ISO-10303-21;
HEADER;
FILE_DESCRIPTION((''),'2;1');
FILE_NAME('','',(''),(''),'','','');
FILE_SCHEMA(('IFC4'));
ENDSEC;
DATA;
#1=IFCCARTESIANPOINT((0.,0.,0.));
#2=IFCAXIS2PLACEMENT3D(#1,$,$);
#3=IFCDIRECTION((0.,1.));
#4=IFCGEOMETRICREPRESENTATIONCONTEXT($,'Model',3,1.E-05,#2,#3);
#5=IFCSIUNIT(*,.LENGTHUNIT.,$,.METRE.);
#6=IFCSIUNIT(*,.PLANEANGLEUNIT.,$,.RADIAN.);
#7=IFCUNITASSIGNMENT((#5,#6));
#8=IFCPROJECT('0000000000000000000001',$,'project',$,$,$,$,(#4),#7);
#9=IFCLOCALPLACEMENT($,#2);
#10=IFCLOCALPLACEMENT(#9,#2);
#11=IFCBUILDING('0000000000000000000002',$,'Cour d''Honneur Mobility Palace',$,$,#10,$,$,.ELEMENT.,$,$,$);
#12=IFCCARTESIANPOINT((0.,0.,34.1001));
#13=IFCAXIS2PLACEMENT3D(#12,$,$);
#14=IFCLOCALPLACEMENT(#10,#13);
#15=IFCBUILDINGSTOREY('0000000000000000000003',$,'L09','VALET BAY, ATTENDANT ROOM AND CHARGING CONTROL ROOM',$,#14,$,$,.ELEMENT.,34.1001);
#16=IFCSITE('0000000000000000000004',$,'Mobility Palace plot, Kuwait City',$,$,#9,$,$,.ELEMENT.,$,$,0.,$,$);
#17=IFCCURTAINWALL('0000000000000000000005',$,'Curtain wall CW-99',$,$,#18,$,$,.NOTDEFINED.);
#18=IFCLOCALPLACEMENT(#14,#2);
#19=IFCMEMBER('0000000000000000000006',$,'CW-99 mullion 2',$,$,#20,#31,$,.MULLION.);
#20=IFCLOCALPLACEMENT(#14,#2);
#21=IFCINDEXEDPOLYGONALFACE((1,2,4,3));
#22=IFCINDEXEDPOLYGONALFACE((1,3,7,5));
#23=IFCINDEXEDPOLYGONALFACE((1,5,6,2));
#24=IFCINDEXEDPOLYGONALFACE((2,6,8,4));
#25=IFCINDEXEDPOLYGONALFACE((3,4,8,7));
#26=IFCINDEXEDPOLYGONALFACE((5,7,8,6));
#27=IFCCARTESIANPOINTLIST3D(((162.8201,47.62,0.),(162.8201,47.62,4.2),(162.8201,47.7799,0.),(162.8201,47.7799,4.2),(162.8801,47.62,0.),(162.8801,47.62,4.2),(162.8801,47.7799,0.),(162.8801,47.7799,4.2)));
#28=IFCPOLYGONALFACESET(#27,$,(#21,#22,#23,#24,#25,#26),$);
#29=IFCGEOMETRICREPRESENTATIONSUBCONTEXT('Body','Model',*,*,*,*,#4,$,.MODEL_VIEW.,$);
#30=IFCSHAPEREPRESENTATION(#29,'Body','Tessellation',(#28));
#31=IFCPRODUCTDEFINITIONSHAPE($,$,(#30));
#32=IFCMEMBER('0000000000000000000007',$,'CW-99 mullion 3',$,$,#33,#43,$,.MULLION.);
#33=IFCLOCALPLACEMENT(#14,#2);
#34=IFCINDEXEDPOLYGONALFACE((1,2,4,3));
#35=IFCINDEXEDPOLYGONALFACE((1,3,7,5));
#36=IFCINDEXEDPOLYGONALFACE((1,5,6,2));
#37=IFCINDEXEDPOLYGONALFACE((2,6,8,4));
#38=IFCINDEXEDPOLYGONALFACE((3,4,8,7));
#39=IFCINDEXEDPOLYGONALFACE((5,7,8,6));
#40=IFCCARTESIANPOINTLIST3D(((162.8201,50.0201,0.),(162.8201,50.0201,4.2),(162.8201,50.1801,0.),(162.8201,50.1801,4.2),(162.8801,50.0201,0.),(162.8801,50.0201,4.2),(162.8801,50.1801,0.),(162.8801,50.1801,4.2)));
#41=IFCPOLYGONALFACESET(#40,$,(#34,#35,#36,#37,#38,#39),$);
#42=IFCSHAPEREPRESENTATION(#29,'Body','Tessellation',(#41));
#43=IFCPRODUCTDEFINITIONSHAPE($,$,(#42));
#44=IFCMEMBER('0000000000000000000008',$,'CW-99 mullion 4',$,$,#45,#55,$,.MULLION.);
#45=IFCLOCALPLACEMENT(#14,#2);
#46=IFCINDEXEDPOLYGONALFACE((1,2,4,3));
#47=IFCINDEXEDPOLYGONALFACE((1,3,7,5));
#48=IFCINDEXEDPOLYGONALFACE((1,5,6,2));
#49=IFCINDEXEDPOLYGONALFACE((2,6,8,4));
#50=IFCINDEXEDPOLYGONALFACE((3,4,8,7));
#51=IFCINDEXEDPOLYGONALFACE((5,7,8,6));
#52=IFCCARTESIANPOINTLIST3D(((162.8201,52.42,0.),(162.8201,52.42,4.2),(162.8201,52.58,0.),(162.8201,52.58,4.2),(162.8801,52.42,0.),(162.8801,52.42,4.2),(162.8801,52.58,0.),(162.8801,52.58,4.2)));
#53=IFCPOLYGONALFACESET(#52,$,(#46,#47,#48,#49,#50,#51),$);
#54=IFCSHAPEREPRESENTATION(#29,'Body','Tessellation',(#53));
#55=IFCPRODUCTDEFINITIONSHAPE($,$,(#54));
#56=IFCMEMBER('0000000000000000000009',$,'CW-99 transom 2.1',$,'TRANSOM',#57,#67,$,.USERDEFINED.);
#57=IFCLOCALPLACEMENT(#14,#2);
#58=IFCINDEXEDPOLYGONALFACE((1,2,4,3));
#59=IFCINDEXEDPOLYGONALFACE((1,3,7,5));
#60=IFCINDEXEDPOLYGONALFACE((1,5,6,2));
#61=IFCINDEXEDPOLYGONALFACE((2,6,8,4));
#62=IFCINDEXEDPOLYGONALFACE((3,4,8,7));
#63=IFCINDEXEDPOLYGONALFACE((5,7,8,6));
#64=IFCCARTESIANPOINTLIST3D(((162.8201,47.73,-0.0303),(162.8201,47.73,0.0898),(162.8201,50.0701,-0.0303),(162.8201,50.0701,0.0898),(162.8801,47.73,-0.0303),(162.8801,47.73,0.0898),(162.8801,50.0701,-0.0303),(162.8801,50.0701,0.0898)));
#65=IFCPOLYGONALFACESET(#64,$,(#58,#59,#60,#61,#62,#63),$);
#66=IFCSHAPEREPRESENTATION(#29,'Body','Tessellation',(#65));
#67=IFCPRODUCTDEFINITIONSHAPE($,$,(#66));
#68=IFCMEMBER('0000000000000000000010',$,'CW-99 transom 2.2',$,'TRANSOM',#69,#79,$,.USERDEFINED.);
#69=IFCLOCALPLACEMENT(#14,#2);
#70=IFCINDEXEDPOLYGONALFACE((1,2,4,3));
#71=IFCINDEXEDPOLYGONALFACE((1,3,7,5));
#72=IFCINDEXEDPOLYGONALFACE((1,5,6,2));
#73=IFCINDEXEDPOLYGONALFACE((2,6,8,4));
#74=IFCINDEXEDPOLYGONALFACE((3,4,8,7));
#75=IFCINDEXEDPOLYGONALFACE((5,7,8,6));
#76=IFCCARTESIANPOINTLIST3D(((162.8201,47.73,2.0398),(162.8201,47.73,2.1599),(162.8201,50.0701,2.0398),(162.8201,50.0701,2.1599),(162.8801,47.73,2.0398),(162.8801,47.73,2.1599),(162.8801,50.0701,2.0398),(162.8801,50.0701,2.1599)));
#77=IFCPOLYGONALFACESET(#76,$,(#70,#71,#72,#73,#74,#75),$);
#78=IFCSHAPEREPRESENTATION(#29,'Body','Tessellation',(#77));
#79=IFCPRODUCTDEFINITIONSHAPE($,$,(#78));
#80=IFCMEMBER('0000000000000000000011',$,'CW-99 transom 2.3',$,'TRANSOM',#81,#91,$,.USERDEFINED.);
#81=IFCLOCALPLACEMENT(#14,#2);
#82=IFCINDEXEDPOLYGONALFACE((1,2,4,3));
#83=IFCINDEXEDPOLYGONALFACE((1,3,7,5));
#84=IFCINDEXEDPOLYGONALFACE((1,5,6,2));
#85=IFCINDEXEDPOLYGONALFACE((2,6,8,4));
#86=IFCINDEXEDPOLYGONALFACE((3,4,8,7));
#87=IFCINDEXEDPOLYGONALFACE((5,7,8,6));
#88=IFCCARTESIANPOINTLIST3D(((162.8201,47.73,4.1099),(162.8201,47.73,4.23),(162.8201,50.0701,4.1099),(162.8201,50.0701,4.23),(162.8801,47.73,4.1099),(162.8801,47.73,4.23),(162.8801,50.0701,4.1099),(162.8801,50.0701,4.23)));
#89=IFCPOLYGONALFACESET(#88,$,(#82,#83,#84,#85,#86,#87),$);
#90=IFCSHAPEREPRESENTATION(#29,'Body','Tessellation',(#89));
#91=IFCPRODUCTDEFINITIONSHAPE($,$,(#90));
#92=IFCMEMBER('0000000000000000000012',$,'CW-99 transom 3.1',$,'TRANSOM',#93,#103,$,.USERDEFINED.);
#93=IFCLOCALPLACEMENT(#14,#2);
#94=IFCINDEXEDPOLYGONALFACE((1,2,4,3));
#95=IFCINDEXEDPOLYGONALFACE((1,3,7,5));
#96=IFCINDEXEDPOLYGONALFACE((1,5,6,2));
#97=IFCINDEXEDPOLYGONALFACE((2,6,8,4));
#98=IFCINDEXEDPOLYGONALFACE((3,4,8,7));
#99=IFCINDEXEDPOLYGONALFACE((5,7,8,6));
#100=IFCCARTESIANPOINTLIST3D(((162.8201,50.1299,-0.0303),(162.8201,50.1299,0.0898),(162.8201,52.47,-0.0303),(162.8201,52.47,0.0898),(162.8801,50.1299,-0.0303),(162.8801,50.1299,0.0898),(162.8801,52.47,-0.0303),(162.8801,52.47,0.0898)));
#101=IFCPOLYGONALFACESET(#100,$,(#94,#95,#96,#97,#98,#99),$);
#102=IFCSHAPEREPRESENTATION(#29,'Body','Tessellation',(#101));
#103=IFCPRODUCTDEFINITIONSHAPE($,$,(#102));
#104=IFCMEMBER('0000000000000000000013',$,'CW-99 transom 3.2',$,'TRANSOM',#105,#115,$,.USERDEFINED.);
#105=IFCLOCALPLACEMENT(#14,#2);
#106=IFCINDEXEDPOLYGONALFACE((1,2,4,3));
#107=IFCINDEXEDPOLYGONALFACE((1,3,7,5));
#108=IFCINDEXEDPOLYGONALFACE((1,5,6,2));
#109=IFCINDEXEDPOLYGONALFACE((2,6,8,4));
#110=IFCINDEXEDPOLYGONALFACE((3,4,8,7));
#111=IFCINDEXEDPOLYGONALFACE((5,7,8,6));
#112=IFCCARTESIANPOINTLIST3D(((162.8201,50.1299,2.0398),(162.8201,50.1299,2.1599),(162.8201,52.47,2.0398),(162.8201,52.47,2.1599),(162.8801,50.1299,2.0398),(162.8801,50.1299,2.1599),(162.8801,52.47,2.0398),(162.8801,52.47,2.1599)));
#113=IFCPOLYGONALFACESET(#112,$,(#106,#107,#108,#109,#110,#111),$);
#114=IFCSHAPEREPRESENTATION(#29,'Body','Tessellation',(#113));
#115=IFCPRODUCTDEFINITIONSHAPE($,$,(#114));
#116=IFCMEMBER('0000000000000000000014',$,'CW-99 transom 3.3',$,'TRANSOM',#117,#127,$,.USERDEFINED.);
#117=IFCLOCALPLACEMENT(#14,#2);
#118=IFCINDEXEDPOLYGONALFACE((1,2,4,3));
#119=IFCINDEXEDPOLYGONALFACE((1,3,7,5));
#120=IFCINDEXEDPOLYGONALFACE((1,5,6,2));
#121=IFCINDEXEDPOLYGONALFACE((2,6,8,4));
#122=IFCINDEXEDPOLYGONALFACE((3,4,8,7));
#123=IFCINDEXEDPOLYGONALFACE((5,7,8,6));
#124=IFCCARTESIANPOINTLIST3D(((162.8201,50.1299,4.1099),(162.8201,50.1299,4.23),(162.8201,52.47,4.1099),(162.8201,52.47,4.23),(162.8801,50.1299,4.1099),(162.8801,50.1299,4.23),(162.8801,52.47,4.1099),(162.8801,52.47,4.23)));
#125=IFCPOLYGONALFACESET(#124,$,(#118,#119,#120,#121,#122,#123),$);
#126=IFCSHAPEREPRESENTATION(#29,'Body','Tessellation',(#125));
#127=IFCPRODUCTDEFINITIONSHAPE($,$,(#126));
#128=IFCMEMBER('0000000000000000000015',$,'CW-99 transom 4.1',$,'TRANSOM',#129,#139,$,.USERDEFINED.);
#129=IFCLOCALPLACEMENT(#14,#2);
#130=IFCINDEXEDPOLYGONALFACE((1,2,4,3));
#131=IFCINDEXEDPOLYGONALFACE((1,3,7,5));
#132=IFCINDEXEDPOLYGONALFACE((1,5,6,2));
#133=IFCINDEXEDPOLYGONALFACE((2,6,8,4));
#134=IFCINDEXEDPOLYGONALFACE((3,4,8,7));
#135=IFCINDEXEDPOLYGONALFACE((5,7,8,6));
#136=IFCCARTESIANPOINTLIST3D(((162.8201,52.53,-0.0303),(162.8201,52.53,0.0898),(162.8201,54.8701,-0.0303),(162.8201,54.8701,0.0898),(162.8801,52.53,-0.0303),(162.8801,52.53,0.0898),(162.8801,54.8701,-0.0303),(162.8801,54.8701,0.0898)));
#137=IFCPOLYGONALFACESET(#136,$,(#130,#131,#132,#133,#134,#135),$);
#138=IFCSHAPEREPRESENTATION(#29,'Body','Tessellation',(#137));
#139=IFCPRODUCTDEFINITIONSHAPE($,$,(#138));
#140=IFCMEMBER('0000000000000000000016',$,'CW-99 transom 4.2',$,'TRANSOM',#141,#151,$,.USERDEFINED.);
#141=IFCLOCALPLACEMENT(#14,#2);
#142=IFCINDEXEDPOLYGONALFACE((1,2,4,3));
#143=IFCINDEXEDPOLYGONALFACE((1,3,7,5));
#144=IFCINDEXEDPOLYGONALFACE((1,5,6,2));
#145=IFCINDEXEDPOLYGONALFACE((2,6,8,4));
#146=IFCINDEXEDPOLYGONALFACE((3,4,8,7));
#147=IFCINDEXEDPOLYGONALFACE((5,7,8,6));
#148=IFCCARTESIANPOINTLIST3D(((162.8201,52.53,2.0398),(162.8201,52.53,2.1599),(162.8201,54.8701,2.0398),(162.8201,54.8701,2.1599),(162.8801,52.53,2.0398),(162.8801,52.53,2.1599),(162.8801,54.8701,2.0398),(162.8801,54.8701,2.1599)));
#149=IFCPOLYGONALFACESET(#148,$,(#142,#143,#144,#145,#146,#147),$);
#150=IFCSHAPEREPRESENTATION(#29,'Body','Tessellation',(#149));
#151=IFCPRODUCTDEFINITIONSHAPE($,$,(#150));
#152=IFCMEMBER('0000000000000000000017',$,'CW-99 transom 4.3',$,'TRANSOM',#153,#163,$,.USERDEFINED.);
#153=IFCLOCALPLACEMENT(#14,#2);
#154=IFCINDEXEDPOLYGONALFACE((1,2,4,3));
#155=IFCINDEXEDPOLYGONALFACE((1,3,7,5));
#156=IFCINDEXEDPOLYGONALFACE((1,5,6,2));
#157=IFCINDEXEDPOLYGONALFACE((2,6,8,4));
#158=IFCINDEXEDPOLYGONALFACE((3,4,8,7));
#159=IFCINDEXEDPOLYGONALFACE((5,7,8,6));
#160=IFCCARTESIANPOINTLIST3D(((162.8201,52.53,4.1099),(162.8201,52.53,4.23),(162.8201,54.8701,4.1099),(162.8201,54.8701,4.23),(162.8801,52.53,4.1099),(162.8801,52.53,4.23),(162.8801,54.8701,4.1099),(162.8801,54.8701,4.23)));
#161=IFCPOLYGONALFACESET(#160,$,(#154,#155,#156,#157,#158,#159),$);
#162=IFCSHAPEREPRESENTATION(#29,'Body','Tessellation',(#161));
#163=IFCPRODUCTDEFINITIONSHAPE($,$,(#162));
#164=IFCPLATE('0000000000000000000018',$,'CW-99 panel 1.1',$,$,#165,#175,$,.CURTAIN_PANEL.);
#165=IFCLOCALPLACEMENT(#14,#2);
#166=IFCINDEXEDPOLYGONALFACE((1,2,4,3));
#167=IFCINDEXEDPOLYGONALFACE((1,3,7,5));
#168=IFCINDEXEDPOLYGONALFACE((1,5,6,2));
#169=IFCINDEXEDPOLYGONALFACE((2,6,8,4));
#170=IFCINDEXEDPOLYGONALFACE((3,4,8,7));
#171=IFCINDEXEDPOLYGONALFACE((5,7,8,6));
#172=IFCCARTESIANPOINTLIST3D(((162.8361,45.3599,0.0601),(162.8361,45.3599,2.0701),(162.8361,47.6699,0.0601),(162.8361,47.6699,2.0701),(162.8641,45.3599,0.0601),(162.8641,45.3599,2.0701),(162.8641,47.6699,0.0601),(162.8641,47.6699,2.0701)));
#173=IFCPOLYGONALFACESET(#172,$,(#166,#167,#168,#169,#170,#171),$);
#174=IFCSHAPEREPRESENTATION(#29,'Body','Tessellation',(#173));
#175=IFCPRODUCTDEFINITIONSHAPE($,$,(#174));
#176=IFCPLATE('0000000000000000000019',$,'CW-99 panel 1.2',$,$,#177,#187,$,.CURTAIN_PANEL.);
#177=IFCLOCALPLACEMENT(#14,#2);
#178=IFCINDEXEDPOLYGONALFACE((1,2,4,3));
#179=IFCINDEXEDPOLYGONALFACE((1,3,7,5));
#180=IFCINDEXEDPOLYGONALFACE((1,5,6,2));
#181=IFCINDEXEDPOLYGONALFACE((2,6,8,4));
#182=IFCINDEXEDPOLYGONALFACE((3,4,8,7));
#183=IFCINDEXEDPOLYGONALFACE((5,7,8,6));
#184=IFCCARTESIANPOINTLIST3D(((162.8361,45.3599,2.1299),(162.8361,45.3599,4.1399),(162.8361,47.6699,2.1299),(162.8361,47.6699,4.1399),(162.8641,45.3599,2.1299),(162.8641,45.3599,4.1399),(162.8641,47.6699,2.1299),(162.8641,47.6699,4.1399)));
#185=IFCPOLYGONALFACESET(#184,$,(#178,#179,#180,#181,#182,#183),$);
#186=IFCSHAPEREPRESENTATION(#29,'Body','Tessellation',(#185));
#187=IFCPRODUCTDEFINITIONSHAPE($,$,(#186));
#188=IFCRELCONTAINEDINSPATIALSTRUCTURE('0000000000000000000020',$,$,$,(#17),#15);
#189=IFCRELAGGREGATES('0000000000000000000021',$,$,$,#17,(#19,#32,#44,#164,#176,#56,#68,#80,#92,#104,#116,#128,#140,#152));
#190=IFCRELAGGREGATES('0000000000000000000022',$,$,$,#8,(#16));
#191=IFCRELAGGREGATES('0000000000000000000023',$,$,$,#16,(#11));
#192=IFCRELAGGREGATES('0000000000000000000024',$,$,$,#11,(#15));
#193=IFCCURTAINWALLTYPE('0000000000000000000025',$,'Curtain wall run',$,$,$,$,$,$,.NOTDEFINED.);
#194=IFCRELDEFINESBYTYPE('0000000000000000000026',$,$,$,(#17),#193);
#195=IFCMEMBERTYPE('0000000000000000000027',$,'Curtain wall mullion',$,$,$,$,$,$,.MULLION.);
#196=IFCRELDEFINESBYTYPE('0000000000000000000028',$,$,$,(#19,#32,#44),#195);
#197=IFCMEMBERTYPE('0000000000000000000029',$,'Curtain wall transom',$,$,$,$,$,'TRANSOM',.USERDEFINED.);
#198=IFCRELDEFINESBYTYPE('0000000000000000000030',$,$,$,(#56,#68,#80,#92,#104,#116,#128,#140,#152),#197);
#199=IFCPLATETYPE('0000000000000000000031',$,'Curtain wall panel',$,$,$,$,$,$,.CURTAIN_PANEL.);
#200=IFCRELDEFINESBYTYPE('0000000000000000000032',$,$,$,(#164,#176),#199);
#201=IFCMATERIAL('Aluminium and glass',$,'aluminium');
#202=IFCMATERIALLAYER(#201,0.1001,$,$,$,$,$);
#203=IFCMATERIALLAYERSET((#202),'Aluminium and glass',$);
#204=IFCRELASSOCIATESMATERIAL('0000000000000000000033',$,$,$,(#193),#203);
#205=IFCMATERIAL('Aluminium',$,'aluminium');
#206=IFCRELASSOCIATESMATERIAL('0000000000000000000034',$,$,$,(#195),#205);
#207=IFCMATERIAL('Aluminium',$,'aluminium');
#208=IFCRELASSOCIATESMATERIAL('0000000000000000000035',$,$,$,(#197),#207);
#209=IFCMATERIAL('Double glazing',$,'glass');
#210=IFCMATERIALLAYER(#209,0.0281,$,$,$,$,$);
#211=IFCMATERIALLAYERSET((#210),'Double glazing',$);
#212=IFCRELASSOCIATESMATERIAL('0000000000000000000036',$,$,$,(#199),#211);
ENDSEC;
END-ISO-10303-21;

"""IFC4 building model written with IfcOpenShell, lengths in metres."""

from ifc_helpers import new_model, si_unit, direction, frame, origin, origin_2d, place, context, subcontext, project, spatial, rectangle, extrude, material, layer, layer_set, material_profile, profile_set, type_object, element, aggregate, save


model = new_model("IFC4")

# Units and contexts
model_context = context("Model", 3, precision=1e-05, world=origin(), true_north=direction((0.0, 1.0)))
body_context = subcontext(model_context, "Body", "Model", "MODEL_VIEW")
ifc_project = project(units=[si_unit("LENGTHUNIT", "METRE"), si_unit("PLANEANGLEUNIT", "RADIAN")], contexts=[model_context])

# Site, building, storey
site_placement = place(None, origin())
site = spatial("IfcSite", under=ifc_project, at=site_placement, Name="Mobility Palace plot, Kuwait City", CompositionType="ELEMENT", RefElevation=0.0)
building_placement = place(site_placement, origin())
building = spatial("IfcBuilding", under=site, at=building_placement, Name="Cour d'Honneur Mobility Palace", CompositionType="ELEMENT")
storey_placement = place(building_placement, frame((0.0, 0.0, 34.1001)))
storey = spatial("IfcBuildingStorey", under=building, at=storey_placement, Name="L09", Description="VALET BAY, ATTENDANT ROOM AND CHARGING CONTROL ROOM", CompositionType="ELEMENT", Elevation=34.1001)

# Curtain wall, members, plates
ifc_material_1 = material(Name="Aluminium and glass", Category="aluminium")
ifc_layer_1 = layer(ifc_material_1, 0.1001)
ifc_layer_set_1 = layer_set([ifc_layer_1], Name="Aluminium and glass")
curtain_wall_type = type_object("IfcCurtainWallType", Name="Curtain wall run", PredefinedType="NOTDEFINED", material=ifc_layer_set_1)
curtain_wall_placement = place(storey_placement, origin())
curtain_wall = element("IfcCurtainWall", 1, at=curtain_wall_placement, inside=storey, type_object=curtain_wall_type, Name="Curtain wall CW-99", PredefinedType="NOTDEFINED")
ifc_material_2 = material(Name="Aluminium", Category="aluminium")
ifc_material_profile_1 = material_profile(ifc_material_2, rectangle(XDim=0.0601, YDim=0.1599, at=origin_2d()), Name="Curtain wall mullion")
ifc_profile_set_1 = profile_set([ifc_material_profile_1], Name="Aluminium")
member_type_1 = type_object("IfcMemberType", Name="Curtain wall mullion", PredefinedType="MULLION", material=ifc_profile_set_1)
member_1_placement = place(storey_placement, frame((162.8501, 47.7, 0.0), z_axis=(0.0, 0.0, 1.0), x_axis=(-1.0, 0.0, 0.0)))
member_1 = element("IfcMember", 2, at=member_1_placement, type_object=member_type_1, Name="CW-99 mullion 2", PredefinedType="MULLION", context=body_context, shape_type="SweptSolid", body=[
    extrude(rectangle(XDim=0.0601, YDim=0.1599, at=origin_2d()), origin(), (0.0, 0.0, 1.0), 4.2),
])
member_2_placement = place(storey_placement, frame((162.8501, 50.1001, 0.0), z_axis=(0.0, 0.0, 1.0), x_axis=(-1.0, 0.0, 0.0)))
member_2 = element("IfcMember", 3, at=member_2_placement, type_object=member_type_1, Name="CW-99 mullion 3", PredefinedType="MULLION", context=body_context, shape_type="SweptSolid", body=[
    extrude(rectangle(XDim=0.0601, YDim=0.1599, at=origin_2d()), origin(), (0.0, 0.0, 1.0), 4.2),
])
member_3_placement = place(storey_placement, frame((162.8501, 52.5, 0.0), z_axis=(0.0, 0.0, 1.0), x_axis=(-1.0, 0.0, 0.0)))
member_3 = element("IfcMember", 4, at=member_3_placement, type_object=member_type_1, Name="CW-99 mullion 4", PredefinedType="MULLION", context=body_context, shape_type="SweptSolid", body=[
    extrude(rectangle(XDim=0.0601, YDim=0.1599, at=origin_2d()), origin(), (0.0, 0.0, 1.0), 4.2),
])
ifc_material_3 = material(Name="Aluminium", Category="aluminium")
ifc_material_profile_2 = material_profile(ifc_material_3, rectangle(XDim=0.0601, YDim=0.1201, at=origin_2d()), Name="Curtain wall transom")
ifc_profile_set_2 = profile_set([ifc_material_profile_2], Name="Aluminium")
member_type_2 = type_object("IfcMemberType", Name="Curtain wall transom", ElementType="TRANSOM", PredefinedType="USERDEFINED", material=ifc_profile_set_2)
member_4_placement = place(storey_placement, frame((162.8501, 47.73, 0.0298), z_axis=(0.0, 1.0, 0.0), x_axis=(-1.0, 0.0, 0.0)))
member_4 = element("IfcMember", 5, at=member_4_placement, type_object=member_type_2, Name="CW-99 transom 2.1", ObjectType="TRANSOM", PredefinedType="USERDEFINED", context=body_context, shape_type="SweptSolid", body=[
    extrude(rectangle(XDim=0.0601, YDim=0.1201, at=origin_2d()), origin(), (0.0, 0.0, 1.0), 2.3401),
])
member_5_placement = place(storey_placement, frame((162.8501, 47.73, 2.0999), z_axis=(0.0, 1.0, 0.0), x_axis=(-1.0, 0.0, 0.0)))
member_5 = element("IfcMember", 6, at=member_5_placement, type_object=member_type_2, Name="CW-99 transom 2.2", ObjectType="TRANSOM", PredefinedType="USERDEFINED", context=body_context, shape_type="SweptSolid", body=[
    extrude(rectangle(XDim=0.0601, YDim=0.1201, at=origin_2d()), origin(), (0.0, 0.0, 1.0), 2.3401),
])
member_6_placement = place(storey_placement, frame((162.8501, 47.73, 4.1699), z_axis=(0.0, 1.0, 0.0), x_axis=(-1.0, 0.0, 0.0)))
member_6 = element("IfcMember", 7, at=member_6_placement, type_object=member_type_2, Name="CW-99 transom 2.3", ObjectType="TRANSOM", PredefinedType="USERDEFINED", context=body_context, shape_type="SweptSolid", body=[
    extrude(rectangle(XDim=0.0601, YDim=0.1201, at=origin_2d()), origin(), (0.0, 0.0, 1.0), 2.3401),
])
member_7_placement = place(storey_placement, frame((162.8501, 50.1299, 0.0298), z_axis=(0.0, 1.0, 0.0), x_axis=(-1.0, 0.0, 0.0)))
member_7 = element("IfcMember", 8, at=member_7_placement, type_object=member_type_2, Name="CW-99 transom 3.1", ObjectType="TRANSOM", PredefinedType="USERDEFINED", context=body_context, shape_type="SweptSolid", body=[
    extrude(rectangle(XDim=0.0601, YDim=0.1201, at=origin_2d()), origin(), (0.0, 0.0, 1.0), 2.3401),
])
member_8_placement = place(storey_placement, frame((162.8501, 50.1299, 2.0999), z_axis=(0.0, 1.0, 0.0), x_axis=(-1.0, 0.0, 0.0)))
member_8 = element("IfcMember", 9, at=member_8_placement, type_object=member_type_2, Name="CW-99 transom 3.2", ObjectType="TRANSOM", PredefinedType="USERDEFINED", context=body_context, shape_type="SweptSolid", body=[
    extrude(rectangle(XDim=0.0601, YDim=0.1201, at=origin_2d()), origin(), (0.0, 0.0, 1.0), 2.3401),
])
member_9_placement = place(storey_placement, frame((162.8501, 50.1299, 4.1699), z_axis=(0.0, 1.0, 0.0), x_axis=(-1.0, 0.0, 0.0)))
member_9 = element("IfcMember", 10, at=member_9_placement, type_object=member_type_2, Name="CW-99 transom 3.3", ObjectType="TRANSOM", PredefinedType="USERDEFINED", context=body_context, shape_type="SweptSolid", body=[
    extrude(rectangle(XDim=0.0601, YDim=0.1201, at=origin_2d()), origin(), (0.0, 0.0, 1.0), 2.3401),
])
member_10_placement = place(storey_placement, frame((162.8501, 52.53, 0.0298), z_axis=(0.0, 1.0, 0.0), x_axis=(-1.0, 0.0, 0.0)))
member_10 = element("IfcMember", 11, at=member_10_placement, type_object=member_type_2, Name="CW-99 transom 4.1", ObjectType="TRANSOM", PredefinedType="USERDEFINED", context=body_context, shape_type="SweptSolid", body=[
    extrude(rectangle(XDim=0.0601, YDim=0.1201, at=origin_2d()), origin(), (0.0, 0.0, 1.0), 2.3401),
])
member_11_placement = place(storey_placement, frame((162.8501, 52.53, 2.0999), z_axis=(0.0, 1.0, 0.0), x_axis=(-1.0, 0.0, 0.0)))
member_11 = element("IfcMember", 12, at=member_11_placement, type_object=member_type_2, Name="CW-99 transom 4.2", ObjectType="TRANSOM", PredefinedType="USERDEFINED", context=body_context, shape_type="SweptSolid", body=[
    extrude(rectangle(XDim=0.0601, YDim=0.1201, at=origin_2d()), origin(), (0.0, 0.0, 1.0), 2.3401),
])
member_12_placement = place(storey_placement, frame((162.8501, 52.53, 4.1699), z_axis=(0.0, 1.0, 0.0), x_axis=(-1.0, 0.0, 0.0)))
member_12 = element("IfcMember", 13, at=member_12_placement, type_object=member_type_2, Name="CW-99 transom 4.3", ObjectType="TRANSOM", PredefinedType="USERDEFINED", context=body_context, shape_type="SweptSolid", body=[
    extrude(rectangle(XDim=0.0601, YDim=0.1201, at=origin_2d()), origin(), (0.0, 0.0, 1.0), 2.3401),
])
ifc_material_4 = material(Name="Double glazing", Category="glass")
ifc_layer_2 = layer(ifc_material_4, 0.0281)
ifc_layer_set_2 = layer_set([ifc_layer_2], Name="Double glazing")
plate_type = type_object("IfcPlateType", Name="Curtain wall panel", PredefinedType="CURTAIN_PANEL", material=ifc_layer_set_2)
plate_1_placement = place(storey_placement, frame((162.8501, 46.5149, 0.0601), z_axis=(0.0, 0.0, 1.0), x_axis=(0.0, 1.0, 0.0)))
plate_1 = element("IfcPlate", 14, at=plate_1_placement, type_object=plate_type, Name="CW-99 panel 1.1", PredefinedType="CURTAIN_PANEL", context=body_context, shape_type="SweptSolid", body=[
    extrude(rectangle(XDim=2.3101, YDim=0.0281, at=origin_2d()), origin(), (0.0, 0.0, 1.0), 2.01),
])
plate_2_placement = place(storey_placement, frame((162.8501, 46.5149, 2.1299), z_axis=(0.0, 0.0, 1.0), x_axis=(0.0, 1.0, 0.0)))
plate_2 = element("IfcPlate", 15, at=plate_2_placement, type_object=plate_type, Name="CW-99 panel 1.2", PredefinedType="CURTAIN_PANEL", context=body_context, shape_type="SweptSolid", body=[
    extrude(rectangle(XDim=2.3101, YDim=0.0281, at=origin_2d()), origin(), (0.0, 0.0, 1.0), 2.01),
])
aggregate(curtain_wall, [member_1, member_2, member_3, plate_1, plate_2, member_4, member_5, member_6, member_7, member_8, member_9, member_10, member_11, member_12])

save(model, "model.ifc")
